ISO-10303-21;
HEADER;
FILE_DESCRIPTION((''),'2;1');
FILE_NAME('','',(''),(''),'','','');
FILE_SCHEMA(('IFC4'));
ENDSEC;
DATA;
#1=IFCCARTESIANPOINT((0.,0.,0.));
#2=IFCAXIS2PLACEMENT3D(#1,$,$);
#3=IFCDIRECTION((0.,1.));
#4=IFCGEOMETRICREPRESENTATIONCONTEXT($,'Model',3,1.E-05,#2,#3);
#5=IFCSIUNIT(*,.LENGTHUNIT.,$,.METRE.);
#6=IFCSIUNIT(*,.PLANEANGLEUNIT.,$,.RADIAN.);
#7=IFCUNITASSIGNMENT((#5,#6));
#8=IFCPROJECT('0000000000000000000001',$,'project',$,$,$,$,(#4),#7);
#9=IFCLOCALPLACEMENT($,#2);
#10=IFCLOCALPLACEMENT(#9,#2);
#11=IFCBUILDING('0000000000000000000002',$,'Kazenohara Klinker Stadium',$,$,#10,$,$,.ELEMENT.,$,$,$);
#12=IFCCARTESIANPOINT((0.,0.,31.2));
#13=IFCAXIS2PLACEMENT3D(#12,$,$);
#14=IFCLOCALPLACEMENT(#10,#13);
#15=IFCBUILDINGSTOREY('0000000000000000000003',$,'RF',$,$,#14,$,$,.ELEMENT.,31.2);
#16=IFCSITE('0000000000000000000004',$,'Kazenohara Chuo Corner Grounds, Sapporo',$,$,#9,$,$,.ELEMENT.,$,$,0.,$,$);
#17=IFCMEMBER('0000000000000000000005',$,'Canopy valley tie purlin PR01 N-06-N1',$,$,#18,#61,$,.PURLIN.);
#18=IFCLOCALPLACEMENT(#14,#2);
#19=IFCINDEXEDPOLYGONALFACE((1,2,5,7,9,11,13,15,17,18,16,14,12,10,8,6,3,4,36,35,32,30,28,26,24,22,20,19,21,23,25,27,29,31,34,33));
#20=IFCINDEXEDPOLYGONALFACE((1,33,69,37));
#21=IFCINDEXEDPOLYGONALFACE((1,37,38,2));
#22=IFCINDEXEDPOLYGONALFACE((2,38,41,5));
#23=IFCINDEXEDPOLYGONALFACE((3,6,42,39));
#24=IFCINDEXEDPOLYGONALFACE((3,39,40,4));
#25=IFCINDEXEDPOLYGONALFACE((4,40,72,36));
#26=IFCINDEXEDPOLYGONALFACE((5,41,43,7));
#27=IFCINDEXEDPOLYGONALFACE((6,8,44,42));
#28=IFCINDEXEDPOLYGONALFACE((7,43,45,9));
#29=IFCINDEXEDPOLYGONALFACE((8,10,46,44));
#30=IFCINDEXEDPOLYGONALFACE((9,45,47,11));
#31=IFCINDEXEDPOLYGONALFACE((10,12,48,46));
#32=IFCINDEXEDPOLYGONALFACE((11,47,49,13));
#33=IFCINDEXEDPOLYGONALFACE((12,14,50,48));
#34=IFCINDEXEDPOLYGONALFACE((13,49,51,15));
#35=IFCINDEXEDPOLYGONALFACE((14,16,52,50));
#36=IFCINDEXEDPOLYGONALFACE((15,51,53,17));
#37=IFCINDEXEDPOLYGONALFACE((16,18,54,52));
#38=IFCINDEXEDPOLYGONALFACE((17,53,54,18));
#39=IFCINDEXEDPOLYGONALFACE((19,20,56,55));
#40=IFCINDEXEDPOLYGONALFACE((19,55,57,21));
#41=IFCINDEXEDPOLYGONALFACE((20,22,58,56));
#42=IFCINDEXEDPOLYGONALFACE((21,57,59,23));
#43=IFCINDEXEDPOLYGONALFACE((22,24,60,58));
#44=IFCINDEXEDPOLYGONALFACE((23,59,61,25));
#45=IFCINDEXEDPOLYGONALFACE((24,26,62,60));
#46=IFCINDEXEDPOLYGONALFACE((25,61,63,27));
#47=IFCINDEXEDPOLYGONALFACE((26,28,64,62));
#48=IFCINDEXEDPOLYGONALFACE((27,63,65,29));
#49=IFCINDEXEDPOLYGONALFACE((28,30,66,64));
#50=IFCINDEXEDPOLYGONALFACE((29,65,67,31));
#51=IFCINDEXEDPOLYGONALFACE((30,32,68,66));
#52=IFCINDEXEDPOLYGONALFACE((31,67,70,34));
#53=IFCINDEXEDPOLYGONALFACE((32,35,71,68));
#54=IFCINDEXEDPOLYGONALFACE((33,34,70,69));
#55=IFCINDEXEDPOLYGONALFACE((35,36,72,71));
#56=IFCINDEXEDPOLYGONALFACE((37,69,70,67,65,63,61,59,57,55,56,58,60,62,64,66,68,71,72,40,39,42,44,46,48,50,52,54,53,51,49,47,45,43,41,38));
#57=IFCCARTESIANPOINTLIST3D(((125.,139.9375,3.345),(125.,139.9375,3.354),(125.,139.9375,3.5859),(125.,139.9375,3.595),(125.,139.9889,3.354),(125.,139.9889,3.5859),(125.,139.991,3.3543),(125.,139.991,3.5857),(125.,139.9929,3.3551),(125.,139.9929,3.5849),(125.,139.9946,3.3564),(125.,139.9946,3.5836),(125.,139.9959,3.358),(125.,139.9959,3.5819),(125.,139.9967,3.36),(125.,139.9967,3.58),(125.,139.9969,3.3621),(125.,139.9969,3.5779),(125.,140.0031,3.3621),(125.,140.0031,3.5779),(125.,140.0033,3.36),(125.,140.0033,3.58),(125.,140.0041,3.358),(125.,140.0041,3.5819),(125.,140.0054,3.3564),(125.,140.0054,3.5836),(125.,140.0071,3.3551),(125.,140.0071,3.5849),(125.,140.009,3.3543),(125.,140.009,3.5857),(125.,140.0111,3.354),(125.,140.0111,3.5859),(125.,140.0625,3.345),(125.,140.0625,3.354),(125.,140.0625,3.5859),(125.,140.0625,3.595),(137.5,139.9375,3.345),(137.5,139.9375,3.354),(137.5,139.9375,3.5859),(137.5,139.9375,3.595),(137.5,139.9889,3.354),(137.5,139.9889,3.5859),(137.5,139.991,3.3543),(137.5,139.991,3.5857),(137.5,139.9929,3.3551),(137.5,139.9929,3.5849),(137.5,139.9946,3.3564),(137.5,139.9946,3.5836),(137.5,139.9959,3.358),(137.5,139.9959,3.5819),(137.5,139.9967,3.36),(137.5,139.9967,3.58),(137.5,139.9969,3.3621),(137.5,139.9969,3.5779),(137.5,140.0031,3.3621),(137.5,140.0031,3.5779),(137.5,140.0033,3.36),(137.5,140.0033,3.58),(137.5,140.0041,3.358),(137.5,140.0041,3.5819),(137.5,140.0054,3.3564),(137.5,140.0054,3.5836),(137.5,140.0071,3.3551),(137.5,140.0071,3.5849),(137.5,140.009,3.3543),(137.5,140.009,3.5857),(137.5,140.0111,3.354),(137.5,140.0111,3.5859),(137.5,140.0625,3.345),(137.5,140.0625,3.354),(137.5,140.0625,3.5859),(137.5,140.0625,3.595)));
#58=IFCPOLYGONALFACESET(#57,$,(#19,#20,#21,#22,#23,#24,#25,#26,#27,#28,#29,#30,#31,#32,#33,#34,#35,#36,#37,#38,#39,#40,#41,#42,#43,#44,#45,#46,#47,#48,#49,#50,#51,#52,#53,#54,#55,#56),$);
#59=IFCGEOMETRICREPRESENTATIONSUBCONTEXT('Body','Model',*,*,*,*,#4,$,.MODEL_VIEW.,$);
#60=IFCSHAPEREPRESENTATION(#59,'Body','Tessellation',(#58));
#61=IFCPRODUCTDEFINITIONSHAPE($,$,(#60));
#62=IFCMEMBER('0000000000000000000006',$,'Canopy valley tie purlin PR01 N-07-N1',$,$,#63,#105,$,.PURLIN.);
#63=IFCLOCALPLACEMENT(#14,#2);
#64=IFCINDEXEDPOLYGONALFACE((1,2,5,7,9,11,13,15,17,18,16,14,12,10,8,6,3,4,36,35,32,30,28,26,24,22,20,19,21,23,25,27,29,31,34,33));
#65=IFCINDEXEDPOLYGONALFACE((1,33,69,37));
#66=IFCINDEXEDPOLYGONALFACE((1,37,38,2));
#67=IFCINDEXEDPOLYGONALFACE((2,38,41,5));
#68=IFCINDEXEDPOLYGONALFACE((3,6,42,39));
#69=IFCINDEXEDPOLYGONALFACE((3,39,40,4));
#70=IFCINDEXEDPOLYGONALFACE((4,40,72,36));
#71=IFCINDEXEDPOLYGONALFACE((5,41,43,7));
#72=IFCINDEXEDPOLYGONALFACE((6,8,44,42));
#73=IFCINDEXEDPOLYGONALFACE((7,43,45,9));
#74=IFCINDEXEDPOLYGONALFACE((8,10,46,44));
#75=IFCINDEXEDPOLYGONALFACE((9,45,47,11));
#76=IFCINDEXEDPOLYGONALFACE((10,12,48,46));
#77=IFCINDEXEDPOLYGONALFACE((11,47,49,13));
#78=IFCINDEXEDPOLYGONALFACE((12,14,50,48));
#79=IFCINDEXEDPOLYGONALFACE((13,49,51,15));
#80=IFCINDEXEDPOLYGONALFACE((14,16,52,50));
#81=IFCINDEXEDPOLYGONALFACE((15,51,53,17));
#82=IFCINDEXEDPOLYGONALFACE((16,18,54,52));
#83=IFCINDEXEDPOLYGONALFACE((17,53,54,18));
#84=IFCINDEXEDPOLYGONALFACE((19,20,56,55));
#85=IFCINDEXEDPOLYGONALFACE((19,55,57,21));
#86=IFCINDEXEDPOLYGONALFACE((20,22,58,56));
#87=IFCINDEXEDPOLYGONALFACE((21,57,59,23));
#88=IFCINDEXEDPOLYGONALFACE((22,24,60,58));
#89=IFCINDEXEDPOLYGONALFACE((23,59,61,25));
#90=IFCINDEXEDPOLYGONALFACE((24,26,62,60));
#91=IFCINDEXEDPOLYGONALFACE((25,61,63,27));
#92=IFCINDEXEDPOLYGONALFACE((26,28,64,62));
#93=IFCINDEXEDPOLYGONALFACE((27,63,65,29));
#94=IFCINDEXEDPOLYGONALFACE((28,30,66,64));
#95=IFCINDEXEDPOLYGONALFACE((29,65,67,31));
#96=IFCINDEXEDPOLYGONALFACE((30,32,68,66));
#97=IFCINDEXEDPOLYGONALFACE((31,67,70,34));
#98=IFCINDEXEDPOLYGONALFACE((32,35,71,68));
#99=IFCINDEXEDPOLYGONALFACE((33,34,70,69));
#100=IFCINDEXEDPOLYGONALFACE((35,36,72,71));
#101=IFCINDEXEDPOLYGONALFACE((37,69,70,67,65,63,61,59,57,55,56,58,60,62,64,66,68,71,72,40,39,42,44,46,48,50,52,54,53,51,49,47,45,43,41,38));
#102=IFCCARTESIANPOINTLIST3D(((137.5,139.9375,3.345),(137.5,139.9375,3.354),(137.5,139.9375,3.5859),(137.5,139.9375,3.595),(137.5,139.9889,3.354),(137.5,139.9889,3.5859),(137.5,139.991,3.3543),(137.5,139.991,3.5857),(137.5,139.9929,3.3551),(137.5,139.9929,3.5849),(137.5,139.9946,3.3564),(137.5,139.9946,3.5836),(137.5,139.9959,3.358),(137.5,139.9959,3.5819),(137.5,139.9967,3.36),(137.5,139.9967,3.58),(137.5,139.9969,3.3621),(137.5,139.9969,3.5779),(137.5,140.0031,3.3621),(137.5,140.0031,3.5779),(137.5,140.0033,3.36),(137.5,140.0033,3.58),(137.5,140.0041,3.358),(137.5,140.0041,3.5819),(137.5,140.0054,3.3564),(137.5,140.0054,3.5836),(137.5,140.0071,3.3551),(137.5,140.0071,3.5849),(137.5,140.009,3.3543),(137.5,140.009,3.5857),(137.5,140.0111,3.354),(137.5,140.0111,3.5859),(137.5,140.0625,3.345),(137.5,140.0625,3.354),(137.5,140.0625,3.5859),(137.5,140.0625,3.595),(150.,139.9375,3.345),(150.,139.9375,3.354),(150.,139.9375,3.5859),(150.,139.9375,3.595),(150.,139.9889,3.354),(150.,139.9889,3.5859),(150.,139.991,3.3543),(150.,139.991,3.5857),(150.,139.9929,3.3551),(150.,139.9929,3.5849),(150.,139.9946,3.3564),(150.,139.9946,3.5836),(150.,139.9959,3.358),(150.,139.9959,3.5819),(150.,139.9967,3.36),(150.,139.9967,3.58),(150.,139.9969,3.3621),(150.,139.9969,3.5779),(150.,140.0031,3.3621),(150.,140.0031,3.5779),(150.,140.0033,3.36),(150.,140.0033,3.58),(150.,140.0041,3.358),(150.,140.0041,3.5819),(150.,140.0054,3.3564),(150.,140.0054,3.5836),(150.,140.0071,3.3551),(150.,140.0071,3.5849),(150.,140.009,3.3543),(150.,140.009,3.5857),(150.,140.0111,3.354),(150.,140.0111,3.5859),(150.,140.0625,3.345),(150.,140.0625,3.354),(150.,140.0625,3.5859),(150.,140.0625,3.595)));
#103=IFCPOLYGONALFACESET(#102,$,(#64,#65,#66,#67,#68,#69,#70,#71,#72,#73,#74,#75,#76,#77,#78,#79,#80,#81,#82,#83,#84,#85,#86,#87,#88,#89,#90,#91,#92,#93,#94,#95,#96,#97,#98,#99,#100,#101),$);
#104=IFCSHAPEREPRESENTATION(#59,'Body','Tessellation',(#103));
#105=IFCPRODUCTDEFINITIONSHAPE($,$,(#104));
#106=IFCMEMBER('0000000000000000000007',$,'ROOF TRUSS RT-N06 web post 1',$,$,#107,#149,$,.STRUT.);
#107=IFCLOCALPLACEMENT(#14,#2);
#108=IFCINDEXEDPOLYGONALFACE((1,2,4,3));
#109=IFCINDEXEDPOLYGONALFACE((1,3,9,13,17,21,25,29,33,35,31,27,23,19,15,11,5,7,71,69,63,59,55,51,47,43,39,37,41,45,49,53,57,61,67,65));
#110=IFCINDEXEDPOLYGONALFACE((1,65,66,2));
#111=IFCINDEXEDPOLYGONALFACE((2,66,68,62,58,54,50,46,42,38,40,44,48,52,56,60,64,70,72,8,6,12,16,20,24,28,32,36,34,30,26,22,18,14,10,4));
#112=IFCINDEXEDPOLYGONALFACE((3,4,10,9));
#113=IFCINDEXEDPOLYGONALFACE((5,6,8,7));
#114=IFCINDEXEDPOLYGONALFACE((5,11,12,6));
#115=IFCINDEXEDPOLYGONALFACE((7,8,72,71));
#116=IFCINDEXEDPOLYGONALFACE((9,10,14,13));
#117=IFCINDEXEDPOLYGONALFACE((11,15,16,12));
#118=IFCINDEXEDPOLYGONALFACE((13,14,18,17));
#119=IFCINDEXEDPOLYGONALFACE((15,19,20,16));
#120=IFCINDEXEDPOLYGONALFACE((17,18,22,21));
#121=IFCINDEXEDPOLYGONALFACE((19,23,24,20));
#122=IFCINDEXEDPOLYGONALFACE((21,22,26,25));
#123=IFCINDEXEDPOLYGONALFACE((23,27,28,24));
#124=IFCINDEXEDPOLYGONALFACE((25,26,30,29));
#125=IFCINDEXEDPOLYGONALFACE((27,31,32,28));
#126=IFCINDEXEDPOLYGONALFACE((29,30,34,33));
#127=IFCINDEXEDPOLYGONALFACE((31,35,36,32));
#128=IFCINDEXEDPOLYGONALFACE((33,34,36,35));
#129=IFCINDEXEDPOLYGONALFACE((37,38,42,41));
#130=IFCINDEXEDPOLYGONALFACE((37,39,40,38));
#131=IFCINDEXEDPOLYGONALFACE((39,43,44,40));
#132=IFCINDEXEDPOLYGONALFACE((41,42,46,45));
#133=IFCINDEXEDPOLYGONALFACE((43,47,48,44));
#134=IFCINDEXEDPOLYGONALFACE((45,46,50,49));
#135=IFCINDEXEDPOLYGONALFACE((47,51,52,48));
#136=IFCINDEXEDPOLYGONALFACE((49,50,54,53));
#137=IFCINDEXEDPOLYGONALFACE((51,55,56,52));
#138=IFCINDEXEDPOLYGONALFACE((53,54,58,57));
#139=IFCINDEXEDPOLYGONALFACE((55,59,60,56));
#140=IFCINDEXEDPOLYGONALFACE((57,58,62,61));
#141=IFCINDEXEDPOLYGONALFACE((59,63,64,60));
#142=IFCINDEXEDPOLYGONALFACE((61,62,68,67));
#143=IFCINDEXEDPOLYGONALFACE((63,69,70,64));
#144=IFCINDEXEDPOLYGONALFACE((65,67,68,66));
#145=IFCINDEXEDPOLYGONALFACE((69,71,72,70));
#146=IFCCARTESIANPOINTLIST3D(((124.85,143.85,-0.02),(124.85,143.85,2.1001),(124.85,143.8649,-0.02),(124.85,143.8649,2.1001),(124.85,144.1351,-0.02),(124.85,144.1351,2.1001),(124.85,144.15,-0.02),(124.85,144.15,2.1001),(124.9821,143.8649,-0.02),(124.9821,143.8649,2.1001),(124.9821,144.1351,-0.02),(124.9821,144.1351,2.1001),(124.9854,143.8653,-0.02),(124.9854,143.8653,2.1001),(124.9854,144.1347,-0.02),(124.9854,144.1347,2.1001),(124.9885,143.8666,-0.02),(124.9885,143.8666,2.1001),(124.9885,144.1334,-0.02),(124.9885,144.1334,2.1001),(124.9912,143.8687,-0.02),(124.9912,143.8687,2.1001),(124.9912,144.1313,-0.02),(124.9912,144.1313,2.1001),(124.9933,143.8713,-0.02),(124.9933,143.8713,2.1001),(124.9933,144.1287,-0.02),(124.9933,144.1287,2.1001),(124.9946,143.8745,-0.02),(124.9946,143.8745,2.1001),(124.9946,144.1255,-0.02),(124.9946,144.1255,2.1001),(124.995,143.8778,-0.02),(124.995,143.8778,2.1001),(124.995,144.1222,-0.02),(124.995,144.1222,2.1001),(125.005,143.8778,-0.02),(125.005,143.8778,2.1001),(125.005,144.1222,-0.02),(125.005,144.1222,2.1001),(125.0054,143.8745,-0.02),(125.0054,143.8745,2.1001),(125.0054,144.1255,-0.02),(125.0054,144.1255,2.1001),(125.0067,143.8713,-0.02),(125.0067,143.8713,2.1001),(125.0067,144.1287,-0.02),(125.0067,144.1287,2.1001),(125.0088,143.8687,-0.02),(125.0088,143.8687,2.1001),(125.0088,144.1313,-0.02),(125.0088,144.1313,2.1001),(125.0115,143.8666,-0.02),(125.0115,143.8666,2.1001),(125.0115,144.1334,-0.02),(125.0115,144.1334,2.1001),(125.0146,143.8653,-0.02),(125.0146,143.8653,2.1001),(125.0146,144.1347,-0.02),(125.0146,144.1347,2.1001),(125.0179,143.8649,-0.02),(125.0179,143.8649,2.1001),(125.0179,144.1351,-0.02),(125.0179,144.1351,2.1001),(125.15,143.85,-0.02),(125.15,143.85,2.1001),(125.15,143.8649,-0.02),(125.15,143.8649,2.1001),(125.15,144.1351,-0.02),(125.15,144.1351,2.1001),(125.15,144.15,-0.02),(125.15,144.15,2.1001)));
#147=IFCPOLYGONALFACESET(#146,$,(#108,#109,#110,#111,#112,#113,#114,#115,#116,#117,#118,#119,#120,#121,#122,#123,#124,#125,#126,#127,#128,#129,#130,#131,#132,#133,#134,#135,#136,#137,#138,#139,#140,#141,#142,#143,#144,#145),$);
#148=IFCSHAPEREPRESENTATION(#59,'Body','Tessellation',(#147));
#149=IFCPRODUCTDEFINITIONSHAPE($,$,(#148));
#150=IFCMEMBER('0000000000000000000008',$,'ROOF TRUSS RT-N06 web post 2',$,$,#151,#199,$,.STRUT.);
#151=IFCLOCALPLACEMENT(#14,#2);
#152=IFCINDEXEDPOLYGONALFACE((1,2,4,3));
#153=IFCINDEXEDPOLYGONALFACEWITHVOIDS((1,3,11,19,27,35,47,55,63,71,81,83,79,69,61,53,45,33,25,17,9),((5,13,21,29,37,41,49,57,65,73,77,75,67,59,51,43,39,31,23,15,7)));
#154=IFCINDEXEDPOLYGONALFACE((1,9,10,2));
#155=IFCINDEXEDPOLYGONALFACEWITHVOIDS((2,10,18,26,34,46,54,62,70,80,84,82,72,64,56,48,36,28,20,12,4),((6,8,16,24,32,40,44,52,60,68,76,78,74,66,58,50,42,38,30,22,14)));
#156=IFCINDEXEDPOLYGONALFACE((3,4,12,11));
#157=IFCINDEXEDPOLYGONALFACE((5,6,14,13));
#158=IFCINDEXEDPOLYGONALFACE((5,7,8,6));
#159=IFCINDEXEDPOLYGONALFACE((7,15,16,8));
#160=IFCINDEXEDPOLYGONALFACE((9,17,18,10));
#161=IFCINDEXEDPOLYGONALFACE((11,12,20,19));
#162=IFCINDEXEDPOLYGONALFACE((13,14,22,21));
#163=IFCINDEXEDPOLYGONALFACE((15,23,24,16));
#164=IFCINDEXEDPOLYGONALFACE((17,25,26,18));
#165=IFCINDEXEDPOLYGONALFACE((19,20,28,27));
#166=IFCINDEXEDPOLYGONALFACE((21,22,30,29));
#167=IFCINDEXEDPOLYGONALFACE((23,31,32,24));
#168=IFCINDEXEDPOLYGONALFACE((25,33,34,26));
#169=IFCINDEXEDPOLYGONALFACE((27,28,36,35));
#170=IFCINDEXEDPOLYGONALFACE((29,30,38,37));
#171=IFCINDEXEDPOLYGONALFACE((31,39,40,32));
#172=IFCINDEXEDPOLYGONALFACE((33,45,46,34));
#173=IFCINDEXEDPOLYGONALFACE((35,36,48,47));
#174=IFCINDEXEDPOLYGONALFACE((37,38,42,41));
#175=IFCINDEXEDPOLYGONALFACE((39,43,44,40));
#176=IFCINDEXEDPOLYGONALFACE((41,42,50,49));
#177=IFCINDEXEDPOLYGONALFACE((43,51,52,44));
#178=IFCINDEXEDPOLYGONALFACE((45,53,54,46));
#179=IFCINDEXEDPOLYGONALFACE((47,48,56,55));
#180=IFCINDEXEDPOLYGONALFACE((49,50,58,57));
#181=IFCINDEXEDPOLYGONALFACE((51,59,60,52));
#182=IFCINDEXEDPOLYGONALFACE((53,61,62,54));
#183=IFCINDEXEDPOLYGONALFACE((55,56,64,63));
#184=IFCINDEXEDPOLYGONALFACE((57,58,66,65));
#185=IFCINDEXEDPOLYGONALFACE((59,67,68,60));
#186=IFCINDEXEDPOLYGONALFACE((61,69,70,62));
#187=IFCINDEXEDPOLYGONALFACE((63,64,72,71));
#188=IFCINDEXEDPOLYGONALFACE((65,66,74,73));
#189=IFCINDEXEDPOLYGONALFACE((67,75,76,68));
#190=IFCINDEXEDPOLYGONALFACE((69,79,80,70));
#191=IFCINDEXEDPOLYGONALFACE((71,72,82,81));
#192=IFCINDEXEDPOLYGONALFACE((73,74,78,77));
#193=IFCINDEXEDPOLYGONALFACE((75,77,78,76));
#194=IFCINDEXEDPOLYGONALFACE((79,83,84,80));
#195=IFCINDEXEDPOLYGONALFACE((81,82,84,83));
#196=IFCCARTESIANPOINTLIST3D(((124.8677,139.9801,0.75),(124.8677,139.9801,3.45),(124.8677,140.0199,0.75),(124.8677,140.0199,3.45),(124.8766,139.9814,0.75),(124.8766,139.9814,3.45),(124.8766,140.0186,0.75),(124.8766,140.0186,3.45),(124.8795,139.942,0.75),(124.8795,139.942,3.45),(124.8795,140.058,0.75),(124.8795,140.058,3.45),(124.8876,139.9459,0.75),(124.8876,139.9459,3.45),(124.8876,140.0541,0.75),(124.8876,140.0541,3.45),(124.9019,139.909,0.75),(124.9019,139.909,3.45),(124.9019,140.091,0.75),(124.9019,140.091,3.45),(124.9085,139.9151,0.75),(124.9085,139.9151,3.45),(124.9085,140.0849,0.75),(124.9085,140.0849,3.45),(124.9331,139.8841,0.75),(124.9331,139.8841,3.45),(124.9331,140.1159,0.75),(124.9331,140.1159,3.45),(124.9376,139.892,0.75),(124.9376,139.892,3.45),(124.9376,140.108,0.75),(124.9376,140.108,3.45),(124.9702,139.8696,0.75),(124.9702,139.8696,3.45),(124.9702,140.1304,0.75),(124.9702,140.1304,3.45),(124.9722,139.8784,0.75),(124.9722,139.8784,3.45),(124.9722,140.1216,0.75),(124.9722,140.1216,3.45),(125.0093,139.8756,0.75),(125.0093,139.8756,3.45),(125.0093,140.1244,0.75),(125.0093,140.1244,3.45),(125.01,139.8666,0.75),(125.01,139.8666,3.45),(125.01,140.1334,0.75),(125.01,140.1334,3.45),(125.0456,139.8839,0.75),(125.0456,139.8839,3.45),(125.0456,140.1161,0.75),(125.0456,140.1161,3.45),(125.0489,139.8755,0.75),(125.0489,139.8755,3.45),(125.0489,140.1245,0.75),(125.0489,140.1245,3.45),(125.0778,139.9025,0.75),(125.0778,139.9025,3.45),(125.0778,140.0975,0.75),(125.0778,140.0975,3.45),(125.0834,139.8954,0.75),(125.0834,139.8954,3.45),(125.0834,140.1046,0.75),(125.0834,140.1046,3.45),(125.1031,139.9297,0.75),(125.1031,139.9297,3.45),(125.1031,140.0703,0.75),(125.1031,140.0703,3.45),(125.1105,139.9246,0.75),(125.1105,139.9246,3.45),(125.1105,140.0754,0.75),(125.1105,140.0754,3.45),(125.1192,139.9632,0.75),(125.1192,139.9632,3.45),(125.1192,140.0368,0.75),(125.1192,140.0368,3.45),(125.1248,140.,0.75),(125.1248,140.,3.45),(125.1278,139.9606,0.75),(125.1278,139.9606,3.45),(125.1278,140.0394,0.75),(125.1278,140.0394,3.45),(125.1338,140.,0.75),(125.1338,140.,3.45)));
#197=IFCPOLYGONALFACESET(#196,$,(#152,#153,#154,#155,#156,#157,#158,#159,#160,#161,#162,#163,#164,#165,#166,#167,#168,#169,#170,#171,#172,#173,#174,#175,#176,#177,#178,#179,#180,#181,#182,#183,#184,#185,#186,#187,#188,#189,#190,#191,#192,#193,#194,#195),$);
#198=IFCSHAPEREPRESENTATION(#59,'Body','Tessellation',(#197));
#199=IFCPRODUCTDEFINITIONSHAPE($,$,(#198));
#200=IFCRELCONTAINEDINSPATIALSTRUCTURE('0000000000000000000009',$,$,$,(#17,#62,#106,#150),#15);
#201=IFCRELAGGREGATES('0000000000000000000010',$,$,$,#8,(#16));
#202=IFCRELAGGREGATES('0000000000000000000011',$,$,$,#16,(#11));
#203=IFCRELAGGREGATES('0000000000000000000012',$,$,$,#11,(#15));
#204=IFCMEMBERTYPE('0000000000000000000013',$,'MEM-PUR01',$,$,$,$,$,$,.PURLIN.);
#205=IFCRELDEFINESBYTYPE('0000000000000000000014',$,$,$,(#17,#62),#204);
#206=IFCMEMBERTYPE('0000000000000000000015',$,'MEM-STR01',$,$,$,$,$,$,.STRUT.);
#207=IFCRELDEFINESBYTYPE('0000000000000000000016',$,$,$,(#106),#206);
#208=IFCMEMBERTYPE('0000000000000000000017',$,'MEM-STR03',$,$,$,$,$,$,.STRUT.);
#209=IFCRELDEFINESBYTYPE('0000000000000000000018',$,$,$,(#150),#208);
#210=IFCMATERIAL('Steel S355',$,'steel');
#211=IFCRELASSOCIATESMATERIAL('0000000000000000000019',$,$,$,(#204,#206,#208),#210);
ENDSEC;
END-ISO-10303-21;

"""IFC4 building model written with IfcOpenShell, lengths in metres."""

from ifc_helpers import new_model, si_unit, direction, frame, origin, origin_2d, place, context, subcontext, project, spatial, hollow_circle, i_section, extrude, material, material_profile, profile_set, type_object, element, save


model = new_model("IFC4")

# Units and contexts
model_context = context("Model", 3, precision=1e-05, world=origin(), true_north=direction((0.0, 1.0)))
body_context = subcontext(model_context, "Body", "Model", "MODEL_VIEW")
ifc_project = project(units=[si_unit("LENGTHUNIT", "METRE"), si_unit("PLANEANGLEUNIT", "RADIAN")], contexts=[model_context])

# Site, building, storey
site_placement = place(None, origin())
site = spatial("IfcSite", under=ifc_project, at=site_placement, Name="Kazenohara Chuo Corner Grounds, Sapporo", CompositionType="ELEMENT", RefElevation=0.0)
building_placement = place(site_placement, origin())
building = spatial("IfcBuilding", under=site, at=building_placement, Name="Kazenohara Klinker Stadium", CompositionType="ELEMENT")
storey_placement = place(building_placement, frame((0.0, 0.0, 31.2)))
storey = spatial("IfcBuildingStorey", under=building, at=storey_placement, Name="RF", CompositionType="ELEMENT", Elevation=31.2)

# Members
ifc_material_1 = material(Name="Steel S355", Category="steel")
ifc_material_profile_1 = material_profile(ifc_material_1, i_section(OverallWidth=0.125, OverallDepth=0.25, WebThickness=0.0061, FlangeThickness=0.009, FilletRadius=0.0081, at=origin_2d()), Name="H-250x125x6x9")
ifc_profile_set_1 = profile_set([ifc_material_profile_1], Name="Steel S355")
member_type_1 = type_object("IfcMemberType", Name="MEM-PUR01", PredefinedType="PURLIN", material=ifc_profile_set_1)
for number, where, z_axis, x_axis, name in (
    (1, (125.0, 140.0, 3.47), (1.0, 0.0, 0.0), (0.0, 1.0, 0.0), "Canopy valley tie purlin PR01 N-06-N1"),
    (2, (137.5, 140.0, 3.47), (1.0, 0.0, 0.0), (0.0, 1.0, 0.0), "Canopy valley tie purlin PR01 N-07-N1"),
):
    element("IfcMember", number, at=place(storey_placement, frame(where, z_axis=z_axis, x_axis=x_axis)), inside=storey, type_object=member_type_1, Name=name, PredefinedType="PURLIN", context=body_context, shape_type="SweptSolid", body=[
        extrude(i_section(OverallWidth=0.125, OverallDepth=0.25, WebThickness=0.0061, FlangeThickness=0.009, FilletRadius=0.0081, at=origin_2d()), origin(), (0.0, 0.0, 1.0), 12.5),
    ])
ifc_material_profile_2 = material_profile(ifc_material_1, i_section(OverallWidth=0.3, OverallDepth=0.3, WebThickness=0.01, FlangeThickness=0.0149, FilletRadius=0.0129, at=origin_2d()), Name="H-300x300x10x15")
ifc_profile_set_2 = profile_set([ifc_material_profile_2], Name="Steel S355")
member_type_2 = type_object("IfcMemberType", Name="MEM-STR01", PredefinedType="STRUT", material=ifc_profile_set_2)
member_1_placement = place(storey_placement, frame((125.0, 144.0, -0.02), z_axis=(0.0, 0.0, 1.0), x_axis=(1.0, 0.0, 0.0)))
element("IfcMember", 3, at=member_1_placement, inside=storey, type_object=member_type_2, Name="ROOF TRUSS RT-N06 web post 1", PredefinedType="STRUT", context=body_context, shape_type="SweptSolid", body=[
    extrude(i_section(OverallWidth=0.3, OverallDepth=0.3, WebThickness=0.01, FlangeThickness=0.0149, FilletRadius=0.0129, at=origin_2d()), origin(), (0.0, 0.0, 1.0), 2.1201),
])
ifc_material_profile_3 = material_profile(ifc_material_1, hollow_circle(Radius=0.1338, WallThickness=0.009, at=origin_2d()), Name="CHS-267.4x9")
ifc_profile_set_3 = profile_set([ifc_material_profile_3], Name="Steel S355")
member_type_3 = type_object("IfcMemberType", Name="MEM-STR03", PredefinedType="STRUT", material=ifc_profile_set_3)
member_2_placement = place(storey_placement, frame((125.0, 140.0, 0.75), z_axis=(0.0, 0.0, 1.0), x_axis=(1.0, 0.0, 0.0)))
element("IfcMember", 4, at=member_2_placement, inside=storey, type_object=member_type_3, Name="ROOF TRUSS RT-N06 web post 2", PredefinedType="STRUT", context=body_context, shape_type="SweptSolid", body=[
    extrude(hollow_circle(Radius=0.1338, WallThickness=0.009, at=origin_2d()), origin(), (0.0, 0.0, 1.0), 2.7),
])

save(model, "model.ifc")
